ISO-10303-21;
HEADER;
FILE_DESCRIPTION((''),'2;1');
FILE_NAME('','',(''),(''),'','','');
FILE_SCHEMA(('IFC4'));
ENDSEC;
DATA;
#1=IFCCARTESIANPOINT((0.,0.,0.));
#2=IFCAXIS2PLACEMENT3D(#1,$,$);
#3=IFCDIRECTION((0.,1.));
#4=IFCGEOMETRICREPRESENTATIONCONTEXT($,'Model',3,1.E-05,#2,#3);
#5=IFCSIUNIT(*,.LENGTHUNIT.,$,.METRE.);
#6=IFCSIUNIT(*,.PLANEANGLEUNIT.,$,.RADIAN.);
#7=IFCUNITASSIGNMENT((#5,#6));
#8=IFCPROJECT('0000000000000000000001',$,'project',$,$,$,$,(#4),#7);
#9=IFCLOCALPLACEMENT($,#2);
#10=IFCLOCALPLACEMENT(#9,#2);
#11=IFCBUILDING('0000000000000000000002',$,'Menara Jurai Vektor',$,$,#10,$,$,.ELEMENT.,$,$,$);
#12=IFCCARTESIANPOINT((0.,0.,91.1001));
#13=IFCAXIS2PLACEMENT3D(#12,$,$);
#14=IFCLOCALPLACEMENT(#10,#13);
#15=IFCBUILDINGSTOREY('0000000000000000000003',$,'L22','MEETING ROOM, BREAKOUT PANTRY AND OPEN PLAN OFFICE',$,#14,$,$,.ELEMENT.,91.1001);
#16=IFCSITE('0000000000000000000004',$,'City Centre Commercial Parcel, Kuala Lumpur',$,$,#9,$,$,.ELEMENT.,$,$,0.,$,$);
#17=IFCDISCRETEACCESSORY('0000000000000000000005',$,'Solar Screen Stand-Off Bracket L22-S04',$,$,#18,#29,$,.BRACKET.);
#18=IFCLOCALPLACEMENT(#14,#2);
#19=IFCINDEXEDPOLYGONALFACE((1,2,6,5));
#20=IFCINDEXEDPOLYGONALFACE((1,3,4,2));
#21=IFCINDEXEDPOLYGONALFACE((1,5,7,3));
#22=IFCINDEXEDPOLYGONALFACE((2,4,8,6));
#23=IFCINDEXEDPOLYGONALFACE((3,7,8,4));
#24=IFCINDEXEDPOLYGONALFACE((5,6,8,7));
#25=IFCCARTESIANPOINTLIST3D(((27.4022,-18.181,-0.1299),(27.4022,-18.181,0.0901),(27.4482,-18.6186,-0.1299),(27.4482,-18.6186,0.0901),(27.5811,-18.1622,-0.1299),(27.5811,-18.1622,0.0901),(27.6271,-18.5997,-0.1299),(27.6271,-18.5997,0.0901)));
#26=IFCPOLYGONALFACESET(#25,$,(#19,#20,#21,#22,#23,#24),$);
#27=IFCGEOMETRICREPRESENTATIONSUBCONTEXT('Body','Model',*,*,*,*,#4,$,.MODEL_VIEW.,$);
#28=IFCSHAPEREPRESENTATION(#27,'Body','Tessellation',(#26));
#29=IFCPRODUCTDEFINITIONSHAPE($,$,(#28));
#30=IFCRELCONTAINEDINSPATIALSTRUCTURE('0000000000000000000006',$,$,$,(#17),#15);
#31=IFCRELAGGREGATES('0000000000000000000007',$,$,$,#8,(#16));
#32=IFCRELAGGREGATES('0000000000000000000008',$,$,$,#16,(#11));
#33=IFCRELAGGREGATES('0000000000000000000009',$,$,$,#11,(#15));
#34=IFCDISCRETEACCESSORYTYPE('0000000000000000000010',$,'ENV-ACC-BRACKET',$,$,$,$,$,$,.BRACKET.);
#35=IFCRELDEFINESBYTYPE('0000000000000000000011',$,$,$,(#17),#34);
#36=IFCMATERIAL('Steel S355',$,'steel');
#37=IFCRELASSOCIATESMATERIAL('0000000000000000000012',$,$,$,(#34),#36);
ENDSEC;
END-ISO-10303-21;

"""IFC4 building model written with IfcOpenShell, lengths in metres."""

from ifc_helpers import new_model, si_unit, direction, frame, origin, origin_2d, place, context, subcontext, project, spatial, rectangle, extrude, material, type_object, element, save


model = new_model("IFC4")

# Units and contexts
model_context = context("Model", 3, precision=1e-05, world=origin(), true_north=direction((0.0, 1.0)))
body_context = subcontext(model_context, "Body", "Model", "MODEL_VIEW")
ifc_project = project(units=[si_unit("LENGTHUNIT", "METRE"), si_unit("PLANEANGLEUNIT", "RADIAN")], contexts=[model_context])

# Site, building, storey
site_placement = place(None, origin())
site = spatial("IfcSite", under=ifc_project, at=site_placement, Name="City Centre Commercial Parcel, Kuala Lumpur", CompositionType="ELEMENT", RefElevation=0.0)
building_placement = place(site_placement, origin())
building = spatial("IfcBuilding", under=site, at=building_placement, Name="Menara Jurai Vektor", CompositionType="ELEMENT")
storey_placement = place(building_placement, frame((0.0, 0.0, 91.1001)))
storey = spatial("IfcBuildingStorey", under=building, at=storey_placement, Name="L22", Description="MEETING ROOM, BREAKOUT PANTRY AND OPEN PLAN OFFICE", CompositionType="ELEMENT", Elevation=91.1001)

# Shared definitions
ifc_material_1 = material(Name="Steel S355", Category="steel")

# Discrete accessory
discrete_accessory_type = type_object("IfcDiscreteAccessoryType", Name="ENV-ACC-BRACKET", PredefinedType="BRACKET", material=ifc_material_1)
discrete_accessory_placement = place(storey_placement, frame((27.5146, -18.3904, -0.1299), z_axis=(0.0, 0.0, 1.0), x_axis=(0.994522, 0.104528, 0.0)))
element("IfcDiscreteAccessory", 1, at=discrete_accessory_placement, inside=storey, type_object=discrete_accessory_type, Name="Solar Screen Stand-Off Bracket L22-S04", PredefinedType="BRACKET", context=body_context, shape_type="SweptSolid", body=[
    extrude(rectangle(XDim=0.1799, YDim=0.4399, at=origin_2d()), origin(), (0.0, 0.0, 1.0), 0.22),
])

save(model, "model.ifc")
